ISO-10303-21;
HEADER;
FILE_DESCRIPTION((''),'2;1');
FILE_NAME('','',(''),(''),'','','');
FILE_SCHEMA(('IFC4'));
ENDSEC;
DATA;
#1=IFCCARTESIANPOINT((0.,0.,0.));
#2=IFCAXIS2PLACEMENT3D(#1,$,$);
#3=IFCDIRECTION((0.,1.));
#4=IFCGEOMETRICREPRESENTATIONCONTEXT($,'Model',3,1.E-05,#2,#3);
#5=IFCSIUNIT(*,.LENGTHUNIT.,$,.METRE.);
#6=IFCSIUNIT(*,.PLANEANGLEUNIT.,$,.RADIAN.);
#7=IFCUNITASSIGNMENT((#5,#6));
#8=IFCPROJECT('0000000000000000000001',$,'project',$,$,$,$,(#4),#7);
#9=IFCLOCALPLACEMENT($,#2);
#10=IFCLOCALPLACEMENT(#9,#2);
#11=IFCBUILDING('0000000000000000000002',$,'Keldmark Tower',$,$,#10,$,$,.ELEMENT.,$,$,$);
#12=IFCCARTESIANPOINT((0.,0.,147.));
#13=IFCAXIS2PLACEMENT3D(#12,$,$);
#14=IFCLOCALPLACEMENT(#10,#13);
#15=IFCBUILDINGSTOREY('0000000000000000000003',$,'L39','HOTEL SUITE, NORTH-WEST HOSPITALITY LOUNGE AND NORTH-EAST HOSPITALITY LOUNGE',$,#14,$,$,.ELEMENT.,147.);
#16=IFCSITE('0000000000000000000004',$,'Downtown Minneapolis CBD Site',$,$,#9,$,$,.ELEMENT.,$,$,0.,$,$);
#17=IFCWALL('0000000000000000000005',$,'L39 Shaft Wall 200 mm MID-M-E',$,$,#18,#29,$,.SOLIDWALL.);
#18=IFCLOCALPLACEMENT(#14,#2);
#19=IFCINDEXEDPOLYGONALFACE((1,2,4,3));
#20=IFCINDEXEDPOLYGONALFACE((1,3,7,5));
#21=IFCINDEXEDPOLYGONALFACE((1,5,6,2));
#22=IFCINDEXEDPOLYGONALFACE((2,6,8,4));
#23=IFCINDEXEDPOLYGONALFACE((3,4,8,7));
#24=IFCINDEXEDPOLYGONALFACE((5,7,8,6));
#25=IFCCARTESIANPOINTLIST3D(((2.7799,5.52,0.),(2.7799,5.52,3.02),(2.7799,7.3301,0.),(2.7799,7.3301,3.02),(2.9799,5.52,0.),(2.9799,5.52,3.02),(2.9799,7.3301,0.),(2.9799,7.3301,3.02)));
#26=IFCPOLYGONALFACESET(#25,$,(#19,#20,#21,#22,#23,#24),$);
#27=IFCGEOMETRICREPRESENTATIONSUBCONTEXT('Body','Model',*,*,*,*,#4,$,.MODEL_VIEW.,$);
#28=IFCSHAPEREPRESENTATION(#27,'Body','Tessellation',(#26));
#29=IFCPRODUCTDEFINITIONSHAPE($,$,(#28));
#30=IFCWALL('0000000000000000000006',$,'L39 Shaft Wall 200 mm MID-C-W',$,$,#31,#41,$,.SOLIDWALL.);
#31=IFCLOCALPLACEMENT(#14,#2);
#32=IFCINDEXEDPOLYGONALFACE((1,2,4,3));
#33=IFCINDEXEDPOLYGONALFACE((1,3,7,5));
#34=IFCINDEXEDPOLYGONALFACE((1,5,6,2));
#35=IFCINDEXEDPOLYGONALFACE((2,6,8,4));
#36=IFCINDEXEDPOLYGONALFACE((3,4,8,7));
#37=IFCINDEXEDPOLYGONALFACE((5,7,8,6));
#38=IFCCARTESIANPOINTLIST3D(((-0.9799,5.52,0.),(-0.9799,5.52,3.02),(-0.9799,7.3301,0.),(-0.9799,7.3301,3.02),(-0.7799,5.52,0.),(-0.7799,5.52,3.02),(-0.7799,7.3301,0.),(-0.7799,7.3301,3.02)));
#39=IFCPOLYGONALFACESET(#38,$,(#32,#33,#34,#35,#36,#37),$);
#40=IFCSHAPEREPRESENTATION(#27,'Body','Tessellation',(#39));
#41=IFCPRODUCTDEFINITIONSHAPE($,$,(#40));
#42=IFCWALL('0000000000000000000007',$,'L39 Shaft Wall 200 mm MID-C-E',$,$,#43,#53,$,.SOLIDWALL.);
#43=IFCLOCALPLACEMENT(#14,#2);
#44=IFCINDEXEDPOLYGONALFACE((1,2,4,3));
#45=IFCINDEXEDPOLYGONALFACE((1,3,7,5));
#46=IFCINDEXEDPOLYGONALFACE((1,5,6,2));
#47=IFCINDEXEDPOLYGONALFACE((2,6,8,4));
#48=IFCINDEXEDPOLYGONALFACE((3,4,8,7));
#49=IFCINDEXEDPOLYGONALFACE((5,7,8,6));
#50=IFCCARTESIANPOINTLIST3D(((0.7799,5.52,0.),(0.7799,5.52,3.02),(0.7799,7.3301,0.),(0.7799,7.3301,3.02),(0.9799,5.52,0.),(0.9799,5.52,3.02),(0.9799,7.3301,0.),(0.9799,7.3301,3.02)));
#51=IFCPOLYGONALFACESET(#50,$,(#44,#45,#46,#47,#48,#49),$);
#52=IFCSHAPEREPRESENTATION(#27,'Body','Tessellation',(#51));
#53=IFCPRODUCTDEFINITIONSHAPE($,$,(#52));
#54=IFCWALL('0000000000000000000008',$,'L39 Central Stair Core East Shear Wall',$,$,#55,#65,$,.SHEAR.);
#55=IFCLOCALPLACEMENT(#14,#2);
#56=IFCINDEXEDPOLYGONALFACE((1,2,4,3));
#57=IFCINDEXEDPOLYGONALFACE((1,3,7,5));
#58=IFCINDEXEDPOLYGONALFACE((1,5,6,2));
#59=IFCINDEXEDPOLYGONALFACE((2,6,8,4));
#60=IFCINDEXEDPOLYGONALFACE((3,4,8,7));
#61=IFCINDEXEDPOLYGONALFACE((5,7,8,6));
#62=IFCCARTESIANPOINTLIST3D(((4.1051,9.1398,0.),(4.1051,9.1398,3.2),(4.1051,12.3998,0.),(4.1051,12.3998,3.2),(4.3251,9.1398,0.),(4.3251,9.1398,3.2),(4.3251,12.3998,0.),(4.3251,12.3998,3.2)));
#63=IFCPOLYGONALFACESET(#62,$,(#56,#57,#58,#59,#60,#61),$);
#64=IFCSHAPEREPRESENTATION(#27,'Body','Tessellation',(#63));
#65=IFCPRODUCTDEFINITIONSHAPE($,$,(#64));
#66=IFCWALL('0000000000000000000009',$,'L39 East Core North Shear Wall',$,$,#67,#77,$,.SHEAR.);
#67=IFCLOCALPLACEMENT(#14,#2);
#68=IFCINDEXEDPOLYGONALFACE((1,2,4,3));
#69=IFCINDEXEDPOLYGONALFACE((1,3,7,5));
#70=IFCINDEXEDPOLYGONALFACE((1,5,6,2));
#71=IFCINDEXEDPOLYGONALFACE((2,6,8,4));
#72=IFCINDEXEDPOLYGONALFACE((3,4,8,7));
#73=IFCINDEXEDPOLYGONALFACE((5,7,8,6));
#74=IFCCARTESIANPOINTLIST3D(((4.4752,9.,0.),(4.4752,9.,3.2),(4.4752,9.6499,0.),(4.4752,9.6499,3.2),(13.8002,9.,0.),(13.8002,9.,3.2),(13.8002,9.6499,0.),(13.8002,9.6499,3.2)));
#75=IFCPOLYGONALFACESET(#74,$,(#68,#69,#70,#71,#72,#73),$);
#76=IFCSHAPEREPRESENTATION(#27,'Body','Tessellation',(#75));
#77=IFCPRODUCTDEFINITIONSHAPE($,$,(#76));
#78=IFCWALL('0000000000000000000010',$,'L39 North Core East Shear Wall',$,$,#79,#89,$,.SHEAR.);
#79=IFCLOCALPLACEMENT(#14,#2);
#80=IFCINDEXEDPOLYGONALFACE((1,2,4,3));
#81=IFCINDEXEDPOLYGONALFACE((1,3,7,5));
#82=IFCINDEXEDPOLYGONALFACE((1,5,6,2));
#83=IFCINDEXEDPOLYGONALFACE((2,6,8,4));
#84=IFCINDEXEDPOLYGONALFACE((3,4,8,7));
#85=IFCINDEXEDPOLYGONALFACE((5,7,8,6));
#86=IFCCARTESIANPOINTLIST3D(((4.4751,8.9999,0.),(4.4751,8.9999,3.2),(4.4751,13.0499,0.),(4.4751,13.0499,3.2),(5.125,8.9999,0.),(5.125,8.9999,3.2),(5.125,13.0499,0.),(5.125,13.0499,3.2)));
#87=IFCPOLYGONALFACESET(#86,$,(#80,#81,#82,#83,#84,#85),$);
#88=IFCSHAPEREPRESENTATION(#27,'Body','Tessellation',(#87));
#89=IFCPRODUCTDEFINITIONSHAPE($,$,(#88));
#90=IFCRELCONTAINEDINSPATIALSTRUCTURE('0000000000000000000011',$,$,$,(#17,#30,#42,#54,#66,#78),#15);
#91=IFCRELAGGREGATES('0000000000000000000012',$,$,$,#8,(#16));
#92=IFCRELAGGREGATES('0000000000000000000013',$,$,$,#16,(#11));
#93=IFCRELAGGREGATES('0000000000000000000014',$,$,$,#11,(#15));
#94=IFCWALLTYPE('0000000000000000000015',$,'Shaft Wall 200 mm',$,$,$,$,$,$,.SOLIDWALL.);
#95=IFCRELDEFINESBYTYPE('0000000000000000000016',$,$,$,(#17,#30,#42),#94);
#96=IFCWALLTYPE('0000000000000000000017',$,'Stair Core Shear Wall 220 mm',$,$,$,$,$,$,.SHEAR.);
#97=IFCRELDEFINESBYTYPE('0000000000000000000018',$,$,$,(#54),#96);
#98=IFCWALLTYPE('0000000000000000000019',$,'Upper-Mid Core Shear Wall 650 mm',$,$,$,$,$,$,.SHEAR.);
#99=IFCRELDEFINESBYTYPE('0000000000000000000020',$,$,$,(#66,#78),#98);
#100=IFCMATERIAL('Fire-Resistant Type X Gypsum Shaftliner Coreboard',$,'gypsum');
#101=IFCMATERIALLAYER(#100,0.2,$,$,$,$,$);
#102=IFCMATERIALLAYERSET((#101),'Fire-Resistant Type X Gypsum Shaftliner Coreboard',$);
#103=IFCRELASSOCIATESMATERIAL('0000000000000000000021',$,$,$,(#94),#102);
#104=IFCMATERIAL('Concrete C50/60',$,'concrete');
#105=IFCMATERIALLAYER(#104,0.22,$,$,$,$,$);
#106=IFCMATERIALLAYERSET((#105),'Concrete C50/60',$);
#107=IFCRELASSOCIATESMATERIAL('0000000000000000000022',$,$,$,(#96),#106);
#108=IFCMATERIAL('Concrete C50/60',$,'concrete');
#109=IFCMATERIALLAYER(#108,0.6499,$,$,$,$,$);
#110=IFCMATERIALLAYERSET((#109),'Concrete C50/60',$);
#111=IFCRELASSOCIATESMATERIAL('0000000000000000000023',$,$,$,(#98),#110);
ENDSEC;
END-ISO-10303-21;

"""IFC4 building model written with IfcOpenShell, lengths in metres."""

from ifc_helpers import new_model, si_unit, direction, frame, frame_2d, origin, place, context, subcontext, project, spatial, rectangle, extrude, material, layer, layer_set, type_object, element, save


model = new_model("IFC4")

# Units and contexts
model_context = context("Model", 3, precision=1e-05, world=origin(), true_north=direction((0.0, 1.0)))
body_context = subcontext(model_context, "Body", "Model", "MODEL_VIEW")
ifc_project = project(units=[si_unit("LENGTHUNIT", "METRE"), si_unit("PLANEANGLEUNIT", "RADIAN")], contexts=[model_context])

# Site, building, storey
site_placement = place(None, origin())
site = spatial("IfcSite", under=ifc_project, at=site_placement, Name="Downtown Minneapolis CBD Site", CompositionType="ELEMENT", RefElevation=0.0)
building_placement = place(site_placement, origin())
building = spatial("IfcBuilding", under=site, at=building_placement, Name="Keldmark Tower", CompositionType="ELEMENT")
storey_placement = place(building_placement, frame((0.0, 0.0, 147.0)))
storey = spatial("IfcBuildingStorey", under=building, at=storey_placement, Name="L39", Description="HOTEL SUITE, NORTH-WEST HOSPITALITY LOUNGE AND NORTH-EAST HOSPITALITY LOUNGE", CompositionType="ELEMENT", Elevation=147.0)

# Shared definitions
ifc_material_1 = material(Name="Fire-Resistant Type X Gypsum Shaftliner Coreboard", Category="gypsum")
ifc_layer_1 = layer(ifc_material_1, 0.2)
ifc_layer_set_1 = layer_set([ifc_layer_1], Name="Fire-Resistant Type X Gypsum Shaftliner Coreboard")
wall_type_1 = type_object("IfcWallType", Name="Shaft Wall 200 mm", PredefinedType="SOLIDWALL", material=ifc_layer_set_1)

# Walls
for number, where, z_axis, x_axis, name in (
    (1, (2.8799, 5.52, 0.0), (0.0, 0.0, 1.0), (0.0, 1.0, 0.0), "L39 Shaft Wall 200 mm MID-M-E"),
    (2, (-0.8799, 5.52, 0.0), (0.0, 0.0, 1.0), (0.0, 1.0, 0.0), "L39 Shaft Wall 200 mm MID-C-W"),
    (3, (0.8799, 5.52, 0.0), (0.0, 0.0, 1.0), (0.0, 1.0, 0.0), "L39 Shaft Wall 200 mm MID-C-E"),
):
    element("IfcWall", number, at=place(storey_placement, frame(where, z_axis=z_axis, x_axis=x_axis)), inside=storey, type_object=wall_type_1, Name=name, PredefinedType="SOLIDWALL", context=body_context, shape_type="SweptSolid", body=[
        extrude(rectangle(XDim=1.8101, YDim=0.2, at=frame_2d((0.905, 0.0))), origin(), (0.0, 0.0, 1.0), 3.02),
    ])
ifc_material_2 = material(Name="Concrete C50/60", Category="concrete")
ifc_layer_2 = layer(ifc_material_2, 0.22)
ifc_layer_set_2 = layer_set([ifc_layer_2], Name="Concrete C50/60")
wall_type_2 = type_object("IfcWallType", Name="Stair Core Shear Wall 220 mm", PredefinedType="SHEAR", material=ifc_layer_set_2)
wall_1_placement = place(storey_placement, frame((4.2151, 9.1399, 0.0), z_axis=(0.0, 0.0, 1.0), x_axis=(0.0, 1.0, 0.0)))
element("IfcWall", 4, at=wall_1_placement, inside=storey, type_object=wall_type_2, Name="L39 Central Stair Core East Shear Wall", PredefinedType="SHEAR", context=body_context, shape_type="SweptSolid", body=[
    extrude(rectangle(XDim=3.26, YDim=0.22, at=frame_2d((1.6299, 0.0))), origin(), (0.0, 0.0, 1.0), 3.2),
])
ifc_material_3 = material(Name="Concrete C50/60", Category="concrete")
ifc_layer_3 = layer(ifc_material_3, 0.6499)
ifc_layer_set_3 = layer_set([ifc_layer_3], Name="Concrete C50/60")
wall_type_3 = type_object("IfcWallType", Name="Upper-Mid Core Shear Wall 650 mm", PredefinedType="SHEAR", material=ifc_layer_set_3)
wall_2_placement = place(storey_placement, frame((4.4751, 9.325, 0.0), z_axis=(0.0, 0.0, 1.0), x_axis=(1.0, 0.0, 0.0)))
element("IfcWall", 5, at=wall_2_placement, inside=storey, type_object=wall_type_3, Name="L39 East Core North Shear Wall", PredefinedType="SHEAR", context=body_context, shape_type="SweptSolid", body=[
    extrude(rectangle(XDim=9.325, YDim=0.6499, at=frame_2d((4.6626, 0.0))), origin(), (0.0, 0.0, 1.0), 3.2),
])
wall_3_placement = place(storey_placement, frame((4.8, 9.0, 0.0), z_axis=(0.0, 0.0, 1.0), x_axis=(0.0, 1.0, 0.0)))
element("IfcWall", 6, at=wall_3_placement, inside=storey, type_object=wall_type_3, Name="L39 North Core East Shear Wall", PredefinedType="SHEAR", context=body_context, shape_type="SweptSolid", body=[
    extrude(rectangle(XDim=4.05, YDim=0.6499, at=frame_2d((2.0249, 0.0))), origin(), (0.0, 0.0, 1.0), 3.2),
])

save(model, "model.ifc")
